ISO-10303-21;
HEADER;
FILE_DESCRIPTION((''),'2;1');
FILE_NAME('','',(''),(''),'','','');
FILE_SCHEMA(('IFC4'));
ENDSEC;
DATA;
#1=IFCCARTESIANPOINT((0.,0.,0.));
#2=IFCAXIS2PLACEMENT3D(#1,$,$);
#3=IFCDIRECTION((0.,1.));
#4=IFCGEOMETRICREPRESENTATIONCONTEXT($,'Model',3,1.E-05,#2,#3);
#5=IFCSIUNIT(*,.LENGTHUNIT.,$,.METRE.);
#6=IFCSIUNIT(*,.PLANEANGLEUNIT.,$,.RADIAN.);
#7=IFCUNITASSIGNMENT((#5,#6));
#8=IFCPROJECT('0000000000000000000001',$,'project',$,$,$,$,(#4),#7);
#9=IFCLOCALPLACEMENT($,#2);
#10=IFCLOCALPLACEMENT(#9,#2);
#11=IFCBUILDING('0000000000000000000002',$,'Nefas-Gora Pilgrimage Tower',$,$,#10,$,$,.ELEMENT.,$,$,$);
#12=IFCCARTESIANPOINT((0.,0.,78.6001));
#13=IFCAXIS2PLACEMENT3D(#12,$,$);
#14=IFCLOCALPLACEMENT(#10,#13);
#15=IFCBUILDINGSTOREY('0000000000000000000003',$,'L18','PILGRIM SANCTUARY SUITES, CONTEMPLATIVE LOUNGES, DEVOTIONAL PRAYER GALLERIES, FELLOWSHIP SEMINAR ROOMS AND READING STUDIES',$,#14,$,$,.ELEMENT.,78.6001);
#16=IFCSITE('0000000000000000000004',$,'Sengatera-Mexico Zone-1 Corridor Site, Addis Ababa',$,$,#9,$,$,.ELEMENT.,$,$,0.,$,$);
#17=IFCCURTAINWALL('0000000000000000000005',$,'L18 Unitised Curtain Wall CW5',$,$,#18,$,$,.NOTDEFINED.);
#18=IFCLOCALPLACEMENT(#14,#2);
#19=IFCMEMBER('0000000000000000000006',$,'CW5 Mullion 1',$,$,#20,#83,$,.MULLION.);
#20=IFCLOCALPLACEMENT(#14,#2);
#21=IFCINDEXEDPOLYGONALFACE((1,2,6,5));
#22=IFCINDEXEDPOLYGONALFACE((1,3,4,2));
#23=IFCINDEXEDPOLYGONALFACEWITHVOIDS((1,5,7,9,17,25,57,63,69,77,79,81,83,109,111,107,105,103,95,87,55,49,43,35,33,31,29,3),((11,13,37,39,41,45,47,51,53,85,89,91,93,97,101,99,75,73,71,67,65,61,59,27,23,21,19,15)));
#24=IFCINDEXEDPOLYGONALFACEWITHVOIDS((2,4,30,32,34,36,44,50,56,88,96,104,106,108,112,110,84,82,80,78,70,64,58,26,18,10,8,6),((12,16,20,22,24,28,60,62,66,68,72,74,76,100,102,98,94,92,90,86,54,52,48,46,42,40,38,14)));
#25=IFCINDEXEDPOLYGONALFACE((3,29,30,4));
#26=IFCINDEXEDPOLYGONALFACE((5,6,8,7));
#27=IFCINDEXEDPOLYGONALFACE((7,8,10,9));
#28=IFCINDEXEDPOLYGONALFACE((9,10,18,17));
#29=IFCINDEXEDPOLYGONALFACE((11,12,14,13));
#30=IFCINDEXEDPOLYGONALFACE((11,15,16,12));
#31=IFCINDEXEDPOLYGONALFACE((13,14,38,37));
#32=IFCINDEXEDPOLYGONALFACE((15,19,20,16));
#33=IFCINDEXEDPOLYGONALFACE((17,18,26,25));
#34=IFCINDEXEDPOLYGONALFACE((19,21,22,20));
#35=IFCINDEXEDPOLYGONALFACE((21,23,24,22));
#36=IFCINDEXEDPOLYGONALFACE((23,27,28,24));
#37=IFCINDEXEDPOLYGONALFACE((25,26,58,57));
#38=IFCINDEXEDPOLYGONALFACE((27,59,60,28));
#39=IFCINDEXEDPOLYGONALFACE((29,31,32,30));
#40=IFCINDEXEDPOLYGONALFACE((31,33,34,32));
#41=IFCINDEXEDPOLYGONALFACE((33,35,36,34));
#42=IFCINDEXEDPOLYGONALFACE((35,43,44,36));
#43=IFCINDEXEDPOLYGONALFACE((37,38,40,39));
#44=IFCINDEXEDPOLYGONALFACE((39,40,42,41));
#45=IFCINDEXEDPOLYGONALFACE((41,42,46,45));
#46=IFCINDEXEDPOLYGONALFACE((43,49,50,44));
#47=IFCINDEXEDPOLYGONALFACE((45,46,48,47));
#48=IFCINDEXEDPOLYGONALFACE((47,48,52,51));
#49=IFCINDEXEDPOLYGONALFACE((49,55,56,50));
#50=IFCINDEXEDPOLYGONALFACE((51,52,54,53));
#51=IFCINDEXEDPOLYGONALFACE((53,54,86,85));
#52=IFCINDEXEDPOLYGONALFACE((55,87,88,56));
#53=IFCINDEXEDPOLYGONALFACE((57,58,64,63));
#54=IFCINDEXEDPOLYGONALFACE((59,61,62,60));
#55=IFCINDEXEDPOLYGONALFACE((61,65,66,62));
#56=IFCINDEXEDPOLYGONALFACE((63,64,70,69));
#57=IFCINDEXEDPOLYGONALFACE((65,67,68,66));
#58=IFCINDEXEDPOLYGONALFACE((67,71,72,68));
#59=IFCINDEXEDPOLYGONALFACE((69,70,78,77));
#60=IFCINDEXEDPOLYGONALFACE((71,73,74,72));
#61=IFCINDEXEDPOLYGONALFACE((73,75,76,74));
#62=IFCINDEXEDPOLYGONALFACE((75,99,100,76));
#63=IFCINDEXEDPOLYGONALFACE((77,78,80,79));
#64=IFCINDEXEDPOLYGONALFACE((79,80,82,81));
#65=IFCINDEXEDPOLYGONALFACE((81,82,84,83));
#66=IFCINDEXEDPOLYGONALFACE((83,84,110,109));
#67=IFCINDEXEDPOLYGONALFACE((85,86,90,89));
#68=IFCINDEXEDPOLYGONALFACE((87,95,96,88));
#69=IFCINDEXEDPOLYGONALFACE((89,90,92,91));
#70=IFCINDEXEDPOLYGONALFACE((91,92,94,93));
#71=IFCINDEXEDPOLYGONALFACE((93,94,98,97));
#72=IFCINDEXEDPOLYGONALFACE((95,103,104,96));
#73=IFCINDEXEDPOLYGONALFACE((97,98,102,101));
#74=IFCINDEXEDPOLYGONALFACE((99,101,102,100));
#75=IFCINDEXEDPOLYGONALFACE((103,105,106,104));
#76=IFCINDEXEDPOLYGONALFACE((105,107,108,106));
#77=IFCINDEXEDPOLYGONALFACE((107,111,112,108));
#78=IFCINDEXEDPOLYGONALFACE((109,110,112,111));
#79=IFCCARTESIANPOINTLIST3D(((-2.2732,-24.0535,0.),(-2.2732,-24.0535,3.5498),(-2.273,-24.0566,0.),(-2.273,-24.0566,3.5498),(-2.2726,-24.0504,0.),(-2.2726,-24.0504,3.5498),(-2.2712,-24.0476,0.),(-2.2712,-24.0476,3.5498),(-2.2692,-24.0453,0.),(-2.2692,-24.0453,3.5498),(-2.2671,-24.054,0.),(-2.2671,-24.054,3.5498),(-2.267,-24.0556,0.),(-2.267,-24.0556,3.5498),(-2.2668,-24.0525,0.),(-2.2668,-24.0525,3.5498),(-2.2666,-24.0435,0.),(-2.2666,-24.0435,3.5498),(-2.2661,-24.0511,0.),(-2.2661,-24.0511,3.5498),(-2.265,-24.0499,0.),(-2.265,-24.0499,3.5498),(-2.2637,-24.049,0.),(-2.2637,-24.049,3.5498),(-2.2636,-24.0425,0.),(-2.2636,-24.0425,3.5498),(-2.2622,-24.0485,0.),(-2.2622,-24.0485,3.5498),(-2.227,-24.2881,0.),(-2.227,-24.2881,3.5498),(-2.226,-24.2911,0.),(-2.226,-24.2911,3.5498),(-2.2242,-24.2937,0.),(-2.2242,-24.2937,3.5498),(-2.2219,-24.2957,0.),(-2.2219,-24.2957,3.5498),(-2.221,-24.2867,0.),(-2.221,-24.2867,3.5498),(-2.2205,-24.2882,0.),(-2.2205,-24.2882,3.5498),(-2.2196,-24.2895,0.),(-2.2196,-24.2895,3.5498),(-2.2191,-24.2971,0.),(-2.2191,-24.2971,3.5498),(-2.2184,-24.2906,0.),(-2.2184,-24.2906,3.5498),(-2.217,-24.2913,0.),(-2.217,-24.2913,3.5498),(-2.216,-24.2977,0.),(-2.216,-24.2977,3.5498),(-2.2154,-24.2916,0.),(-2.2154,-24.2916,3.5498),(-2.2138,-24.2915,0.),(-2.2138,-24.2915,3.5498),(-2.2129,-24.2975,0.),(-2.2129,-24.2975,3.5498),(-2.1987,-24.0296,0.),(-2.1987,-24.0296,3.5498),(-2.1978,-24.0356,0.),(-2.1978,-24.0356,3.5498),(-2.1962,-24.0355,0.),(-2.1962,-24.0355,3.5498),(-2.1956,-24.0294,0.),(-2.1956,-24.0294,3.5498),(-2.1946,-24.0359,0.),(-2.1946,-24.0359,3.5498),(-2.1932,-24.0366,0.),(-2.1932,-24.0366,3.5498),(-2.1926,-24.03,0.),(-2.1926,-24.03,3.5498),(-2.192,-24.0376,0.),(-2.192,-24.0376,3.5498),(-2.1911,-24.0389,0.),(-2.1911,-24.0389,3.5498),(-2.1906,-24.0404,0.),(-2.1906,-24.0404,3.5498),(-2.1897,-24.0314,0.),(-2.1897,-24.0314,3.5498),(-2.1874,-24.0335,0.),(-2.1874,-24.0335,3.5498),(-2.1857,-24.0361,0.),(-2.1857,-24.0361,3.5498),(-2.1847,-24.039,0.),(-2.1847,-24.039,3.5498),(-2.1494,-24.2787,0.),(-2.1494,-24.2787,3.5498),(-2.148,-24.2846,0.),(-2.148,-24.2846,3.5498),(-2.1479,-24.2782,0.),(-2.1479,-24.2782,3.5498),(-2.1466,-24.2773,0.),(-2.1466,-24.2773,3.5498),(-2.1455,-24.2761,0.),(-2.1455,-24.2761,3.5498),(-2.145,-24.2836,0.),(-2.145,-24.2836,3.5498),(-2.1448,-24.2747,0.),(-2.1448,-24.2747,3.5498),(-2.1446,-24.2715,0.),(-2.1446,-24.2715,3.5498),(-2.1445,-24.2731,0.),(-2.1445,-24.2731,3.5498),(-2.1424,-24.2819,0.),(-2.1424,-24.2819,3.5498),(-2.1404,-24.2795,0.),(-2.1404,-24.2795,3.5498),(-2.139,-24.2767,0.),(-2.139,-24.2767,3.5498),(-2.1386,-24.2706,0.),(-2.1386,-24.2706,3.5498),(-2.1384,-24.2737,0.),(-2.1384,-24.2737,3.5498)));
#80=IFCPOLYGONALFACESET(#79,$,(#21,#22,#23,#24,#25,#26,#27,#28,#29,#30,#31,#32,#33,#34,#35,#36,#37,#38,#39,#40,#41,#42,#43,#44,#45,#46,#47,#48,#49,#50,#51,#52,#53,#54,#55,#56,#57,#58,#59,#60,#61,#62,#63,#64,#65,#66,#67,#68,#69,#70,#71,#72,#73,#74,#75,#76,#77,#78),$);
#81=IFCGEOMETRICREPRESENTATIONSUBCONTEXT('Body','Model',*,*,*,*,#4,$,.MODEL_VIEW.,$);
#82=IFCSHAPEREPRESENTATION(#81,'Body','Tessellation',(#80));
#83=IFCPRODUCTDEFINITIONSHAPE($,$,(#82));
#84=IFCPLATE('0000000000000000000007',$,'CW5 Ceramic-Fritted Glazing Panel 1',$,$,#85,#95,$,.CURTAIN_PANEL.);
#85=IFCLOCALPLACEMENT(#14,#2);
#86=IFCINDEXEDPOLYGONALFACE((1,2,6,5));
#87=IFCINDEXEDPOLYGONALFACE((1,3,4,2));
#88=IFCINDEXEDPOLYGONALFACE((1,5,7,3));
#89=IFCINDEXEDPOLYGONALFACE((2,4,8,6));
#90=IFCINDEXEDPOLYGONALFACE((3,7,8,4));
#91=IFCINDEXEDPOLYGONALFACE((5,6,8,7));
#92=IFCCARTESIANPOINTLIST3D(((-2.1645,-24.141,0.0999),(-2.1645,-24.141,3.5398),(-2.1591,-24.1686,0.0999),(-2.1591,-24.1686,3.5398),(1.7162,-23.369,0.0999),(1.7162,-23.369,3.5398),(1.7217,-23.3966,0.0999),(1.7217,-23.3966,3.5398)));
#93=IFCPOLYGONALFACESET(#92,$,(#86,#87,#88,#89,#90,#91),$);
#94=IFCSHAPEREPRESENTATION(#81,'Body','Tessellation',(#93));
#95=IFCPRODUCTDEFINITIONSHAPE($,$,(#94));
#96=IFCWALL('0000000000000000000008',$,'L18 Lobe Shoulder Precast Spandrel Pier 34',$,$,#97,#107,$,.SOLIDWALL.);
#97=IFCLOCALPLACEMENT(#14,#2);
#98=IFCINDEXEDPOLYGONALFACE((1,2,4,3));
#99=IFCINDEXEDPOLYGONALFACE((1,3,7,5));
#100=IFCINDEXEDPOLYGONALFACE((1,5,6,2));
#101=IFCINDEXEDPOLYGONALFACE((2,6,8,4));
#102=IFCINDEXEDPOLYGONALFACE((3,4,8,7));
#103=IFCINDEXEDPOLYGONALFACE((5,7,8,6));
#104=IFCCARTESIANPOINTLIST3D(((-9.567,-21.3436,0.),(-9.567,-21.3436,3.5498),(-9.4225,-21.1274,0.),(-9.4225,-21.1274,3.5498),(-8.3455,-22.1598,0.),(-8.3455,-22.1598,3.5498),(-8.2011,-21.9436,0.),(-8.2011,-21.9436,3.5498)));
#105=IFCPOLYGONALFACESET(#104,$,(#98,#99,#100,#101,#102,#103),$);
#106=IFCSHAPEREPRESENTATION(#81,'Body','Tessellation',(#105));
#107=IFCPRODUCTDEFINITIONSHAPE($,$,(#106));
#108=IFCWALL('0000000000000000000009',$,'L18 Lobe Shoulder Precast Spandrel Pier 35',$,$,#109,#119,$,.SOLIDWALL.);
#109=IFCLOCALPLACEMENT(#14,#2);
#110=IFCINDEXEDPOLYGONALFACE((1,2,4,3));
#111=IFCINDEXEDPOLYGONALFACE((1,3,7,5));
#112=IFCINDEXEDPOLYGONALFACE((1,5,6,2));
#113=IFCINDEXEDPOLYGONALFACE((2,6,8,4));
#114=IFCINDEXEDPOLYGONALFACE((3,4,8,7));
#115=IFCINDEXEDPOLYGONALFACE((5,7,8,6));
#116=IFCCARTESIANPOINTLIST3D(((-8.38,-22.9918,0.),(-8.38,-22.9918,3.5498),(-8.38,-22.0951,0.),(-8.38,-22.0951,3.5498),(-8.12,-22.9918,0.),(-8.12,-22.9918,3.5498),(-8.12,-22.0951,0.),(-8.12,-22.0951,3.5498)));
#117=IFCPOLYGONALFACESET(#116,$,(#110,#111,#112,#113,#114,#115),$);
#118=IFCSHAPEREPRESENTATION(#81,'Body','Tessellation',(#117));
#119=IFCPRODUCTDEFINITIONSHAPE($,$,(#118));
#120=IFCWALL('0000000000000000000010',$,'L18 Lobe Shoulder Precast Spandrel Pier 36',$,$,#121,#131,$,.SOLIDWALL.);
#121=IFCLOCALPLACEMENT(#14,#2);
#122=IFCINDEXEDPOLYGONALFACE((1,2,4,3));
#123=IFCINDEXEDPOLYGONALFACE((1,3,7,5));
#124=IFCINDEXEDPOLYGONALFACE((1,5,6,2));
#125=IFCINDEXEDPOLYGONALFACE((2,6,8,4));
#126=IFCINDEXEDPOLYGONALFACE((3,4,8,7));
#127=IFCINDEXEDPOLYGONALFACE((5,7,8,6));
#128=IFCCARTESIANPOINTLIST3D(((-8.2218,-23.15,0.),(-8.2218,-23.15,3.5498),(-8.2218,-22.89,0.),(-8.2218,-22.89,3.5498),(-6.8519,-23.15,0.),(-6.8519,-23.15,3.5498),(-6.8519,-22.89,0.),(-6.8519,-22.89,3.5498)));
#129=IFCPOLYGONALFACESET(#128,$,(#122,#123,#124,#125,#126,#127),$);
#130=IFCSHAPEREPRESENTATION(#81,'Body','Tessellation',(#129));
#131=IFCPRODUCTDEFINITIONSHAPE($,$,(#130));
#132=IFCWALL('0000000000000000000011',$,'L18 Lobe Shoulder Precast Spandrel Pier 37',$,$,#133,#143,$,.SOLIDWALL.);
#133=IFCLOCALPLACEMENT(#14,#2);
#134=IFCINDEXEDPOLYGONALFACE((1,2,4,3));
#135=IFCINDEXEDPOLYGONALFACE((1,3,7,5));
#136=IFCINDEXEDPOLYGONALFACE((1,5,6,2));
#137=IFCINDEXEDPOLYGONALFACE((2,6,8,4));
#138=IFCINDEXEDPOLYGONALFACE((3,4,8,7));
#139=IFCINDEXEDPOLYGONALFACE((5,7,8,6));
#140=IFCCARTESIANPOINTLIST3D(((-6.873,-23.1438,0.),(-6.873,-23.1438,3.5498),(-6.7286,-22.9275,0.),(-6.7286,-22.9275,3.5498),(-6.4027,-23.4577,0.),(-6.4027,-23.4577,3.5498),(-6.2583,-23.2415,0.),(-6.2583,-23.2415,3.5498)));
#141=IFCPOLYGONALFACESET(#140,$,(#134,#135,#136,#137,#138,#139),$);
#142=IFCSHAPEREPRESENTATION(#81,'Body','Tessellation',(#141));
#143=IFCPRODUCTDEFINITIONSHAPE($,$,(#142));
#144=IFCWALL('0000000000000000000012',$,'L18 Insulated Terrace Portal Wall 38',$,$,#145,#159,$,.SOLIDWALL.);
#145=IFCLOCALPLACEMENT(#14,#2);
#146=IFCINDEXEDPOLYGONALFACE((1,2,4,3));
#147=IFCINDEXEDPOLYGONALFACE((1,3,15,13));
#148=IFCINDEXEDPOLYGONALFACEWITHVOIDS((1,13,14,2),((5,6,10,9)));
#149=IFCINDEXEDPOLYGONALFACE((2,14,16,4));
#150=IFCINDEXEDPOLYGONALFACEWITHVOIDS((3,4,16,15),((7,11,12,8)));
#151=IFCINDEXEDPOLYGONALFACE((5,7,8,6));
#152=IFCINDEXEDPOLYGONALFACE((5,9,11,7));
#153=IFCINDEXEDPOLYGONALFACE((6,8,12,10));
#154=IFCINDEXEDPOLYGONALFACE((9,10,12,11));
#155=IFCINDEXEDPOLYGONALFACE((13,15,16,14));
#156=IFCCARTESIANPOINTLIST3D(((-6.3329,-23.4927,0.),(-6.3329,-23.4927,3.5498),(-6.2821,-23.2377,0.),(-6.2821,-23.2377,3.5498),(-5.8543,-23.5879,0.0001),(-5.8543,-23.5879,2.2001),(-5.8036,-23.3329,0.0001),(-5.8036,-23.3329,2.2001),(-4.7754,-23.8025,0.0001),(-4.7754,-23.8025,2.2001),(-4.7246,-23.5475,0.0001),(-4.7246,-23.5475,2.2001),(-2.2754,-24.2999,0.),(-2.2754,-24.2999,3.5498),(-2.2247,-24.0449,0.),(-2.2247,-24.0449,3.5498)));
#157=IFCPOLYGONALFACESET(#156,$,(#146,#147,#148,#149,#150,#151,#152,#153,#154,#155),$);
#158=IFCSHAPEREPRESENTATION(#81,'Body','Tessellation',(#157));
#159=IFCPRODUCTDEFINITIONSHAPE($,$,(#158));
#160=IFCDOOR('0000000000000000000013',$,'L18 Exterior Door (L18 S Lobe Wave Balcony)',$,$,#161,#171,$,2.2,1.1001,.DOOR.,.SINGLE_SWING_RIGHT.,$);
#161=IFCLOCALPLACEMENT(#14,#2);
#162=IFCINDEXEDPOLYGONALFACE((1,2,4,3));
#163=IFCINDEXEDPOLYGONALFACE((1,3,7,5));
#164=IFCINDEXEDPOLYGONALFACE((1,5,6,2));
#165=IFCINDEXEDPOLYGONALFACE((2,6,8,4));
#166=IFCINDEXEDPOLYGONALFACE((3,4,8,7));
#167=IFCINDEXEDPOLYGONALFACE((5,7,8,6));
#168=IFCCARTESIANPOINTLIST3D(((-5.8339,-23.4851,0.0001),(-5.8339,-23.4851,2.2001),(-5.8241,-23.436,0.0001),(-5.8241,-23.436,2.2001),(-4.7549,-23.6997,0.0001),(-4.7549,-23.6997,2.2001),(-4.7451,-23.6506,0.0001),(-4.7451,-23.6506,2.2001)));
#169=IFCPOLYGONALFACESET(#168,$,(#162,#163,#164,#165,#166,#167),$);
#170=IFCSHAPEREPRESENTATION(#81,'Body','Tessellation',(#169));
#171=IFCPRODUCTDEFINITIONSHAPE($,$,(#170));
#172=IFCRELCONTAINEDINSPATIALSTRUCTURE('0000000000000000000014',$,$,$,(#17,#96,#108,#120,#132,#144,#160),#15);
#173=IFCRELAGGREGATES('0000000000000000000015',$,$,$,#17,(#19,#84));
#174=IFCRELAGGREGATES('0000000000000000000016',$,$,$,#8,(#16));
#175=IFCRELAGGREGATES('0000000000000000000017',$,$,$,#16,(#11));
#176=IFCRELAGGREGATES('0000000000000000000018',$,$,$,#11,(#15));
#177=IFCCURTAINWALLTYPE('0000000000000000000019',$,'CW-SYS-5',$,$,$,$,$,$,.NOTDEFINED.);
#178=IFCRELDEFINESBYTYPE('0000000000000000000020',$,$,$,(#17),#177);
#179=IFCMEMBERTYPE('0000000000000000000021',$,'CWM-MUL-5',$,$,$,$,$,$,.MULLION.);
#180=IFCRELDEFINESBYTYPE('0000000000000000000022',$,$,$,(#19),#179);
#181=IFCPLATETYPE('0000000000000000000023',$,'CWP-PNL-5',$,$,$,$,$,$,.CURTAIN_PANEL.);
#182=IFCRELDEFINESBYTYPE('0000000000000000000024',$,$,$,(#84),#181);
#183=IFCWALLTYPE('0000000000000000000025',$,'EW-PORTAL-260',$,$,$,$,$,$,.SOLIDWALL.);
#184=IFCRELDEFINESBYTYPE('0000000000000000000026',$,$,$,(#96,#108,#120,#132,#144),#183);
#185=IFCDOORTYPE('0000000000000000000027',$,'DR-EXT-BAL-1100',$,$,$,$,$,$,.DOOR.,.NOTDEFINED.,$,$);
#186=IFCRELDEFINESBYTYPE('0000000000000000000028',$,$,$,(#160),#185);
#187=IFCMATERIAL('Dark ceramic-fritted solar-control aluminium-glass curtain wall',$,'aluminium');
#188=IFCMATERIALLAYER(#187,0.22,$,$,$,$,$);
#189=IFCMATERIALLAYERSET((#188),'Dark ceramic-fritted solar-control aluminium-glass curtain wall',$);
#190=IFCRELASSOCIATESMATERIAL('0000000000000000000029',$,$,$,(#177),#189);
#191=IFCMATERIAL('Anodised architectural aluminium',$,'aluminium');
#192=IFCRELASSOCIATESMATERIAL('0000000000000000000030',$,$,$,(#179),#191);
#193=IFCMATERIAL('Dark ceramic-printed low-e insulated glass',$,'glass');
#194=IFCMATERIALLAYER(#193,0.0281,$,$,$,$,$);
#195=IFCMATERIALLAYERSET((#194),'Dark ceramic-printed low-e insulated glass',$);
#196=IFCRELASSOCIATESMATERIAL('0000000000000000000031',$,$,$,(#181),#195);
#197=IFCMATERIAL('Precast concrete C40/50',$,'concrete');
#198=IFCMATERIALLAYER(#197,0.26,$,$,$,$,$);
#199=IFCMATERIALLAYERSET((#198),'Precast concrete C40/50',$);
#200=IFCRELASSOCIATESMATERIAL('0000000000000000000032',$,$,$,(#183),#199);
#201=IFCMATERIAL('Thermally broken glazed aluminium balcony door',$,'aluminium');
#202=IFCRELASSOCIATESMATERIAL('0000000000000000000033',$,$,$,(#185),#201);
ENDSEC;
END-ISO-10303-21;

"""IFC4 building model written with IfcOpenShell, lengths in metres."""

from ifc_helpers import new_model, si_unit, direction, frame, frame_2d, origin, origin_2d, place, context, subcontext, project, spatial, rectangle, hollow_rectangle, extrude, source, transform, mapped, material, layer, layer_set, material_profile, profile_set, type_object, element, fill, aggregate, save


model = new_model("IFC4")

# Units and contexts
model_context = context("Model", 3, precision=1e-05, world=origin(), true_north=direction((0.0, 1.0)))
body_context = subcontext(model_context, "Body", "Model", "MODEL_VIEW")
ifc_project = project(units=[si_unit("LENGTHUNIT", "METRE"), si_unit("PLANEANGLEUNIT", "RADIAN")], contexts=[model_context])

# Site, building, storey
site_placement = place(None, origin())
site = spatial("IfcSite", under=ifc_project, at=site_placement, Name="Sengatera-Mexico Zone-1 Corridor Site, Addis Ababa", CompositionType="ELEMENT", RefElevation=0.0)
building_placement = place(site_placement, origin())
building = spatial("IfcBuilding", under=site, at=building_placement, Name="Nefas-Gora Pilgrimage Tower", CompositionType="ELEMENT")
storey_placement = place(building_placement, frame((0.0, 0.0, 78.6001)))
storey = spatial("IfcBuildingStorey", under=building, at=storey_placement, Name="L18", Description="PILGRIM SANCTUARY SUITES, CONTEMPLATIVE LOUNGES, DEVOTIONAL PRAYER GALLERIES, FELLOWSHIP SEMINAR ROOMS AND READING STUDIES", CompositionType="ELEMENT", Elevation=78.6001)

# Curtain wall
ifc_material_1 = material(Name="Dark ceramic-fritted solar-control aluminium-glass curtain wall", Category="aluminium")
ifc_layer_1 = layer(ifc_material_1, 0.22)
ifc_layer_set_1 = layer_set([ifc_layer_1], Name="Dark ceramic-fritted solar-control aluminium-glass curtain wall")
curtain_wall_type = type_object("IfcCurtainWallType", Name="CW-SYS-5", PredefinedType="NOTDEFINED", material=ifc_layer_set_1)
curtain_wall_1_placement = place(storey_placement, origin())
curtain_wall_1 = element("IfcCurtainWall", 1, at=curtain_wall_1_placement, inside=storey, type_object=curtain_wall_type, Name="L18 Unitised Curtain Wall CW5", PredefinedType="NOTDEFINED")
ifc_material_2 = material(Name="Anodised architectural aluminium", Category="aluminium")
ifc_material_profile_1 = material_profile(ifc_material_2, hollow_rectangle(XDim=0.0901, YDim=0.26, WallThickness=0.0061, InnerFilletRadius=0.0061, OuterFilletRadius=0.012, at=origin_2d()), Name="ALU MULLION 90x260")
ifc_profile_set_1 = profile_set([ifc_material_profile_1], Name="Anodised architectural aluminium")
member_type_1 = type_object("IfcMemberType", Name="CWM-MUL-5", PredefinedType="MULLION", material=ifc_profile_set_1)
shared_shape_1 = source(origin(), body_context, "Body", "SweptSolid", [
    extrude(hollow_rectangle(XDim=0.0901, YDim=0.26, WallThickness=0.0061, InnerFilletRadius=0.0061, OuterFilletRadius=0.012, at=origin_2d()), origin(), (0.0, 0.0, 1.0), 3.5498),
])

# Member
member_1_placement = place(storey_placement, frame((-2.2058, -24.1636, 0.0), z_axis=(0.0, 0.0, 1.0), x_axis=(0.980783, 0.195102, 0.0)))
member_1 = element("IfcMember", 2, at=member_1_placement, type_object=member_type_1, Name="CW5 Mullion 1", PredefinedType="MULLION", context=body_context, shape_type="MappedRepresentation", body=[
    mapped(shared_shape_1, transform((0.0, 0.0, 0.0), x_axis=(1.0, 0.0, 0.0), y_axis=(0.0, 1.0, 0.0), z_axis=(0.0, 0.0, 1.0), scale=1.0)),
])

# Plate
ifc_material_3 = material(Name="Dark ceramic-printed low-e insulated glass", Category="glass")
ifc_layer_2 = layer(ifc_material_3, 0.0281)
ifc_layer_set_2 = layer_set([ifc_layer_2], Name="Dark ceramic-printed low-e insulated glass")
plate_type = type_object("IfcPlateType", Name="CWP-PNL-5", PredefinedType="CURTAIN_PANEL", material=ifc_layer_set_2)
shared_shape_2 = source(origin(), body_context, "Body", "SweptSolid", [
    extrude(rectangle(XDim=3.9568, YDim=0.0281, at=origin_2d()), origin(), (0.0, 0.0, 1.0), 3.4399),
])
plate_placement = place(storey_placement, frame((-0.2214, -23.7688, 0.0999), z_axis=(0.0, 0.0, 1.0), x_axis=(0.980783, 0.195102, 0.0)))
plate = element("IfcPlate", 3, at=plate_placement, type_object=plate_type, Name="CW5 Ceramic-Fritted Glazing Panel 1", PredefinedType="CURTAIN_PANEL", context=body_context, shape_type="MappedRepresentation", body=[
    mapped(shared_shape_2, transform((0.0, 0.0, 0.0), x_axis=(1.0, 0.0, 0.0), y_axis=(0.0, 1.0, 0.0), z_axis=(0.0, 0.0, 1.0), scale=1.0)),
])
aggregate(curtain_wall_1, [member_1, plate])

# Walls
ifc_material_4 = material(Name="Precast concrete C40/50", Category="concrete")
ifc_layer_3 = layer(ifc_material_4, 0.26)
ifc_layer_set_3 = layer_set([ifc_layer_3], Name="Precast concrete C40/50")
wall_type_1 = type_object("IfcWallType", Name="EW-PORTAL-260", PredefinedType="SOLIDWALL", material=ifc_layer_set_3)
shared_shape_3 = source(origin(), body_context, "Body", "SweptSolid", [
    extrude(rectangle(XDim=1.469, YDim=0.26, at=frame_2d((0.7344, 0.0))), origin(), (0.0, 0.0, 1.0), 3.5498),
])
wall_1_placement = place(storey_placement, frame((-9.4946, -21.2356, 0.0), z_axis=(0.0, 0.0, 1.0), x_axis=(0.831462, -0.555582, 0.0)))
element("IfcWall", 4, at=wall_1_placement, inside=storey, type_object=wall_type_1, Name="L18 Lobe Shoulder Precast Spandrel Pier 34", PredefinedType="SOLIDWALL", context=body_context, shape_type="MappedRepresentation", body=[
    mapped(shared_shape_3, transform((0.0, 0.0, 0.0), x_axis=(1.0, 0.0, 0.0), y_axis=(0.0, 1.0, 0.0), z_axis=(0.0, 0.0, 1.0), scale=1.0)),
])
shared_shape_4 = source(origin(), body_context, "Body", "SweptSolid", [
    extrude(rectangle(XDim=0.8967, YDim=0.26, at=frame_2d((0.4482, 0.0))), origin(), (0.0, 0.0, 1.0), 3.5498),
])
wall_2_placement = place(storey_placement, frame((-8.25, -22.0952, 0.0), z_axis=(0.0, 0.0, 1.0), x_axis=(0.0, -1.0, 0.0)))
element("IfcWall", 5, at=wall_2_placement, inside=storey, type_object=wall_type_1, Name="L18 Lobe Shoulder Precast Spandrel Pier 35", PredefinedType="SOLIDWALL", context=body_context, shape_type="MappedRepresentation", body=[
    mapped(shared_shape_4, transform((0.0, 0.0, 0.0), x_axis=(1.0, 0.0, 0.0), y_axis=(0.0, 1.0, 0.0), z_axis=(0.0, 0.0, 1.0), scale=1.0)),
])
shared_shape_5 = source(origin(), body_context, "Body", "SweptSolid", [
    extrude(rectangle(XDim=1.3699, YDim=0.26, at=frame_2d((0.6851, 0.0))), origin(), (0.0, 0.0, 1.0), 3.5498),
])
wall_3_placement = place(storey_placement, frame((-8.2219, -23.02, 0.0), z_axis=(0.0, 0.0, 1.0), x_axis=(1.0, 0.0, 0.0)))
element("IfcWall", 6, at=wall_3_placement, inside=storey, type_object=wall_type_1, Name="L18 Lobe Shoulder Precast Spandrel Pier 36", PredefinedType="SOLIDWALL", context=body_context, shape_type="MappedRepresentation", body=[
    mapped(shared_shape_5, transform((0.0, 0.0, 0.0), x_axis=(1.0, 0.0, 0.0), y_axis=(0.0, 1.0, 0.0), z_axis=(0.0, 0.0, 1.0), scale=1.0)),
])
shared_shape_6 = source(origin(), body_context, "Body", "SweptSolid", [
    extrude(rectangle(XDim=0.5654, YDim=0.26, at=frame_2d((0.2827, 0.0))), origin(), (0.0, 0.0, 1.0), 3.5498),
])
wall_4_placement = place(storey_placement, frame((-6.8008, -23.0356, 0.0), z_axis=(0.0, 0.0, 1.0), x_axis=(0.831651, -0.555298, 0.0)))
element("IfcWall", 7, at=wall_4_placement, inside=storey, type_object=wall_type_1, Name="L18 Lobe Shoulder Precast Spandrel Pier 37", PredefinedType="SOLIDWALL", context=body_context, shape_type="MappedRepresentation", body=[
    mapped(shared_shape_6, transform((0.0, 0.0, 0.0), x_axis=(1.0, 0.0, 0.0), y_axis=(0.0, 1.0, 0.0), z_axis=(0.0, 0.0, 1.0), scale=1.0)),
])

# Wall, opening, door
shared_shape_7 = source(origin(), body_context, "Body", "SweptSolid", [
    extrude(rectangle(XDim=4.137, YDim=0.26, at=frame_2d((2.0684, 0.0))), origin(), (0.0, 0.0, 1.0), 3.5498),
])
wall_5_placement = place(storey_placement, frame((-6.3074, -23.3652, 0.0), z_axis=(0.0, 0.0, 1.0), x_axis=(0.980782, -0.195106, 0.0)))
wall_5 = element("IfcWall", 8, at=wall_5_placement, inside=storey, type_object=wall_type_1, Name="L18 Insulated Terrace Portal Wall 38", PredefinedType="SOLIDWALL", context=body_context, shape_type="MappedRepresentation", body=[
    mapped(shared_shape_7, transform((0.0, 0.0, 0.0), x_axis=(1.0, 0.0, 0.0), y_axis=(0.0, 1.0, 0.0), z_axis=(0.0, 0.0, 1.0), scale=1.0)),
])
opening_1_placement = place(wall_5_placement, frame((0.4878, 0.0, 0.0)))
opening_1 = element("IfcOpeningElement", 9, at=opening_1_placement, cuts=wall_5, PredefinedType="OPENING", context=body_context, shape_type="SweptSolid", body=[
    extrude(rectangle(XDim=1.1001, YDim=2.2, at=frame_2d((0.55, 1.1001))), frame((0.0, 0.1399, 0.0), z_axis=(0.0, -1.0, 0.0), x_axis=(1.0, 0.0, 0.0)), (0.0, 0.0, 1.0), 0.28),
])
ifc_material_5 = material(Name="Thermally broken glazed aluminium balcony door", Category="aluminium")
door_type_1 = type_object("IfcDoorType", Name="DR-EXT-BAL-1100", OperationType="NOTDEFINED", PredefinedType="DOOR", material=ifc_material_5)
shared_shape_8 = source(origin(), body_context, "Body", "SweptSolid", [
    extrude(rectangle(XDim=1.1001, YDim=2.2, at=frame_2d((0.55, 1.1001))), frame((0.0, 0.0249, 0.0), z_axis=(0.0, -1.0, 0.0), x_axis=(1.0, 0.0, 0.0)), (0.0, 0.0, 1.0), 0.05),
])
door_1_placement = place(opening_1_placement, origin())
door_1 = element("IfcDoor", 10, at=door_1_placement, inside=storey, type_object=door_type_1, Name="L18 Exterior Door (L18 S Lobe Wave Balcony)", OperationType="SINGLE_SWING_RIGHT", OverallHeight=2.2, OverallWidth=1.1001, PredefinedType="DOOR", context=body_context, shape_type="MappedRepresentation", body=[
    mapped(shared_shape_8, transform((0.0, 0.0, 0.0), x_axis=(1.0, 0.0, 0.0), y_axis=(0.0, 1.0, 0.0), z_axis=(0.0, 0.0, 1.0), scale=1.0)),
])
fill(opening_1, door_1)

save(model, "model.ifc")
